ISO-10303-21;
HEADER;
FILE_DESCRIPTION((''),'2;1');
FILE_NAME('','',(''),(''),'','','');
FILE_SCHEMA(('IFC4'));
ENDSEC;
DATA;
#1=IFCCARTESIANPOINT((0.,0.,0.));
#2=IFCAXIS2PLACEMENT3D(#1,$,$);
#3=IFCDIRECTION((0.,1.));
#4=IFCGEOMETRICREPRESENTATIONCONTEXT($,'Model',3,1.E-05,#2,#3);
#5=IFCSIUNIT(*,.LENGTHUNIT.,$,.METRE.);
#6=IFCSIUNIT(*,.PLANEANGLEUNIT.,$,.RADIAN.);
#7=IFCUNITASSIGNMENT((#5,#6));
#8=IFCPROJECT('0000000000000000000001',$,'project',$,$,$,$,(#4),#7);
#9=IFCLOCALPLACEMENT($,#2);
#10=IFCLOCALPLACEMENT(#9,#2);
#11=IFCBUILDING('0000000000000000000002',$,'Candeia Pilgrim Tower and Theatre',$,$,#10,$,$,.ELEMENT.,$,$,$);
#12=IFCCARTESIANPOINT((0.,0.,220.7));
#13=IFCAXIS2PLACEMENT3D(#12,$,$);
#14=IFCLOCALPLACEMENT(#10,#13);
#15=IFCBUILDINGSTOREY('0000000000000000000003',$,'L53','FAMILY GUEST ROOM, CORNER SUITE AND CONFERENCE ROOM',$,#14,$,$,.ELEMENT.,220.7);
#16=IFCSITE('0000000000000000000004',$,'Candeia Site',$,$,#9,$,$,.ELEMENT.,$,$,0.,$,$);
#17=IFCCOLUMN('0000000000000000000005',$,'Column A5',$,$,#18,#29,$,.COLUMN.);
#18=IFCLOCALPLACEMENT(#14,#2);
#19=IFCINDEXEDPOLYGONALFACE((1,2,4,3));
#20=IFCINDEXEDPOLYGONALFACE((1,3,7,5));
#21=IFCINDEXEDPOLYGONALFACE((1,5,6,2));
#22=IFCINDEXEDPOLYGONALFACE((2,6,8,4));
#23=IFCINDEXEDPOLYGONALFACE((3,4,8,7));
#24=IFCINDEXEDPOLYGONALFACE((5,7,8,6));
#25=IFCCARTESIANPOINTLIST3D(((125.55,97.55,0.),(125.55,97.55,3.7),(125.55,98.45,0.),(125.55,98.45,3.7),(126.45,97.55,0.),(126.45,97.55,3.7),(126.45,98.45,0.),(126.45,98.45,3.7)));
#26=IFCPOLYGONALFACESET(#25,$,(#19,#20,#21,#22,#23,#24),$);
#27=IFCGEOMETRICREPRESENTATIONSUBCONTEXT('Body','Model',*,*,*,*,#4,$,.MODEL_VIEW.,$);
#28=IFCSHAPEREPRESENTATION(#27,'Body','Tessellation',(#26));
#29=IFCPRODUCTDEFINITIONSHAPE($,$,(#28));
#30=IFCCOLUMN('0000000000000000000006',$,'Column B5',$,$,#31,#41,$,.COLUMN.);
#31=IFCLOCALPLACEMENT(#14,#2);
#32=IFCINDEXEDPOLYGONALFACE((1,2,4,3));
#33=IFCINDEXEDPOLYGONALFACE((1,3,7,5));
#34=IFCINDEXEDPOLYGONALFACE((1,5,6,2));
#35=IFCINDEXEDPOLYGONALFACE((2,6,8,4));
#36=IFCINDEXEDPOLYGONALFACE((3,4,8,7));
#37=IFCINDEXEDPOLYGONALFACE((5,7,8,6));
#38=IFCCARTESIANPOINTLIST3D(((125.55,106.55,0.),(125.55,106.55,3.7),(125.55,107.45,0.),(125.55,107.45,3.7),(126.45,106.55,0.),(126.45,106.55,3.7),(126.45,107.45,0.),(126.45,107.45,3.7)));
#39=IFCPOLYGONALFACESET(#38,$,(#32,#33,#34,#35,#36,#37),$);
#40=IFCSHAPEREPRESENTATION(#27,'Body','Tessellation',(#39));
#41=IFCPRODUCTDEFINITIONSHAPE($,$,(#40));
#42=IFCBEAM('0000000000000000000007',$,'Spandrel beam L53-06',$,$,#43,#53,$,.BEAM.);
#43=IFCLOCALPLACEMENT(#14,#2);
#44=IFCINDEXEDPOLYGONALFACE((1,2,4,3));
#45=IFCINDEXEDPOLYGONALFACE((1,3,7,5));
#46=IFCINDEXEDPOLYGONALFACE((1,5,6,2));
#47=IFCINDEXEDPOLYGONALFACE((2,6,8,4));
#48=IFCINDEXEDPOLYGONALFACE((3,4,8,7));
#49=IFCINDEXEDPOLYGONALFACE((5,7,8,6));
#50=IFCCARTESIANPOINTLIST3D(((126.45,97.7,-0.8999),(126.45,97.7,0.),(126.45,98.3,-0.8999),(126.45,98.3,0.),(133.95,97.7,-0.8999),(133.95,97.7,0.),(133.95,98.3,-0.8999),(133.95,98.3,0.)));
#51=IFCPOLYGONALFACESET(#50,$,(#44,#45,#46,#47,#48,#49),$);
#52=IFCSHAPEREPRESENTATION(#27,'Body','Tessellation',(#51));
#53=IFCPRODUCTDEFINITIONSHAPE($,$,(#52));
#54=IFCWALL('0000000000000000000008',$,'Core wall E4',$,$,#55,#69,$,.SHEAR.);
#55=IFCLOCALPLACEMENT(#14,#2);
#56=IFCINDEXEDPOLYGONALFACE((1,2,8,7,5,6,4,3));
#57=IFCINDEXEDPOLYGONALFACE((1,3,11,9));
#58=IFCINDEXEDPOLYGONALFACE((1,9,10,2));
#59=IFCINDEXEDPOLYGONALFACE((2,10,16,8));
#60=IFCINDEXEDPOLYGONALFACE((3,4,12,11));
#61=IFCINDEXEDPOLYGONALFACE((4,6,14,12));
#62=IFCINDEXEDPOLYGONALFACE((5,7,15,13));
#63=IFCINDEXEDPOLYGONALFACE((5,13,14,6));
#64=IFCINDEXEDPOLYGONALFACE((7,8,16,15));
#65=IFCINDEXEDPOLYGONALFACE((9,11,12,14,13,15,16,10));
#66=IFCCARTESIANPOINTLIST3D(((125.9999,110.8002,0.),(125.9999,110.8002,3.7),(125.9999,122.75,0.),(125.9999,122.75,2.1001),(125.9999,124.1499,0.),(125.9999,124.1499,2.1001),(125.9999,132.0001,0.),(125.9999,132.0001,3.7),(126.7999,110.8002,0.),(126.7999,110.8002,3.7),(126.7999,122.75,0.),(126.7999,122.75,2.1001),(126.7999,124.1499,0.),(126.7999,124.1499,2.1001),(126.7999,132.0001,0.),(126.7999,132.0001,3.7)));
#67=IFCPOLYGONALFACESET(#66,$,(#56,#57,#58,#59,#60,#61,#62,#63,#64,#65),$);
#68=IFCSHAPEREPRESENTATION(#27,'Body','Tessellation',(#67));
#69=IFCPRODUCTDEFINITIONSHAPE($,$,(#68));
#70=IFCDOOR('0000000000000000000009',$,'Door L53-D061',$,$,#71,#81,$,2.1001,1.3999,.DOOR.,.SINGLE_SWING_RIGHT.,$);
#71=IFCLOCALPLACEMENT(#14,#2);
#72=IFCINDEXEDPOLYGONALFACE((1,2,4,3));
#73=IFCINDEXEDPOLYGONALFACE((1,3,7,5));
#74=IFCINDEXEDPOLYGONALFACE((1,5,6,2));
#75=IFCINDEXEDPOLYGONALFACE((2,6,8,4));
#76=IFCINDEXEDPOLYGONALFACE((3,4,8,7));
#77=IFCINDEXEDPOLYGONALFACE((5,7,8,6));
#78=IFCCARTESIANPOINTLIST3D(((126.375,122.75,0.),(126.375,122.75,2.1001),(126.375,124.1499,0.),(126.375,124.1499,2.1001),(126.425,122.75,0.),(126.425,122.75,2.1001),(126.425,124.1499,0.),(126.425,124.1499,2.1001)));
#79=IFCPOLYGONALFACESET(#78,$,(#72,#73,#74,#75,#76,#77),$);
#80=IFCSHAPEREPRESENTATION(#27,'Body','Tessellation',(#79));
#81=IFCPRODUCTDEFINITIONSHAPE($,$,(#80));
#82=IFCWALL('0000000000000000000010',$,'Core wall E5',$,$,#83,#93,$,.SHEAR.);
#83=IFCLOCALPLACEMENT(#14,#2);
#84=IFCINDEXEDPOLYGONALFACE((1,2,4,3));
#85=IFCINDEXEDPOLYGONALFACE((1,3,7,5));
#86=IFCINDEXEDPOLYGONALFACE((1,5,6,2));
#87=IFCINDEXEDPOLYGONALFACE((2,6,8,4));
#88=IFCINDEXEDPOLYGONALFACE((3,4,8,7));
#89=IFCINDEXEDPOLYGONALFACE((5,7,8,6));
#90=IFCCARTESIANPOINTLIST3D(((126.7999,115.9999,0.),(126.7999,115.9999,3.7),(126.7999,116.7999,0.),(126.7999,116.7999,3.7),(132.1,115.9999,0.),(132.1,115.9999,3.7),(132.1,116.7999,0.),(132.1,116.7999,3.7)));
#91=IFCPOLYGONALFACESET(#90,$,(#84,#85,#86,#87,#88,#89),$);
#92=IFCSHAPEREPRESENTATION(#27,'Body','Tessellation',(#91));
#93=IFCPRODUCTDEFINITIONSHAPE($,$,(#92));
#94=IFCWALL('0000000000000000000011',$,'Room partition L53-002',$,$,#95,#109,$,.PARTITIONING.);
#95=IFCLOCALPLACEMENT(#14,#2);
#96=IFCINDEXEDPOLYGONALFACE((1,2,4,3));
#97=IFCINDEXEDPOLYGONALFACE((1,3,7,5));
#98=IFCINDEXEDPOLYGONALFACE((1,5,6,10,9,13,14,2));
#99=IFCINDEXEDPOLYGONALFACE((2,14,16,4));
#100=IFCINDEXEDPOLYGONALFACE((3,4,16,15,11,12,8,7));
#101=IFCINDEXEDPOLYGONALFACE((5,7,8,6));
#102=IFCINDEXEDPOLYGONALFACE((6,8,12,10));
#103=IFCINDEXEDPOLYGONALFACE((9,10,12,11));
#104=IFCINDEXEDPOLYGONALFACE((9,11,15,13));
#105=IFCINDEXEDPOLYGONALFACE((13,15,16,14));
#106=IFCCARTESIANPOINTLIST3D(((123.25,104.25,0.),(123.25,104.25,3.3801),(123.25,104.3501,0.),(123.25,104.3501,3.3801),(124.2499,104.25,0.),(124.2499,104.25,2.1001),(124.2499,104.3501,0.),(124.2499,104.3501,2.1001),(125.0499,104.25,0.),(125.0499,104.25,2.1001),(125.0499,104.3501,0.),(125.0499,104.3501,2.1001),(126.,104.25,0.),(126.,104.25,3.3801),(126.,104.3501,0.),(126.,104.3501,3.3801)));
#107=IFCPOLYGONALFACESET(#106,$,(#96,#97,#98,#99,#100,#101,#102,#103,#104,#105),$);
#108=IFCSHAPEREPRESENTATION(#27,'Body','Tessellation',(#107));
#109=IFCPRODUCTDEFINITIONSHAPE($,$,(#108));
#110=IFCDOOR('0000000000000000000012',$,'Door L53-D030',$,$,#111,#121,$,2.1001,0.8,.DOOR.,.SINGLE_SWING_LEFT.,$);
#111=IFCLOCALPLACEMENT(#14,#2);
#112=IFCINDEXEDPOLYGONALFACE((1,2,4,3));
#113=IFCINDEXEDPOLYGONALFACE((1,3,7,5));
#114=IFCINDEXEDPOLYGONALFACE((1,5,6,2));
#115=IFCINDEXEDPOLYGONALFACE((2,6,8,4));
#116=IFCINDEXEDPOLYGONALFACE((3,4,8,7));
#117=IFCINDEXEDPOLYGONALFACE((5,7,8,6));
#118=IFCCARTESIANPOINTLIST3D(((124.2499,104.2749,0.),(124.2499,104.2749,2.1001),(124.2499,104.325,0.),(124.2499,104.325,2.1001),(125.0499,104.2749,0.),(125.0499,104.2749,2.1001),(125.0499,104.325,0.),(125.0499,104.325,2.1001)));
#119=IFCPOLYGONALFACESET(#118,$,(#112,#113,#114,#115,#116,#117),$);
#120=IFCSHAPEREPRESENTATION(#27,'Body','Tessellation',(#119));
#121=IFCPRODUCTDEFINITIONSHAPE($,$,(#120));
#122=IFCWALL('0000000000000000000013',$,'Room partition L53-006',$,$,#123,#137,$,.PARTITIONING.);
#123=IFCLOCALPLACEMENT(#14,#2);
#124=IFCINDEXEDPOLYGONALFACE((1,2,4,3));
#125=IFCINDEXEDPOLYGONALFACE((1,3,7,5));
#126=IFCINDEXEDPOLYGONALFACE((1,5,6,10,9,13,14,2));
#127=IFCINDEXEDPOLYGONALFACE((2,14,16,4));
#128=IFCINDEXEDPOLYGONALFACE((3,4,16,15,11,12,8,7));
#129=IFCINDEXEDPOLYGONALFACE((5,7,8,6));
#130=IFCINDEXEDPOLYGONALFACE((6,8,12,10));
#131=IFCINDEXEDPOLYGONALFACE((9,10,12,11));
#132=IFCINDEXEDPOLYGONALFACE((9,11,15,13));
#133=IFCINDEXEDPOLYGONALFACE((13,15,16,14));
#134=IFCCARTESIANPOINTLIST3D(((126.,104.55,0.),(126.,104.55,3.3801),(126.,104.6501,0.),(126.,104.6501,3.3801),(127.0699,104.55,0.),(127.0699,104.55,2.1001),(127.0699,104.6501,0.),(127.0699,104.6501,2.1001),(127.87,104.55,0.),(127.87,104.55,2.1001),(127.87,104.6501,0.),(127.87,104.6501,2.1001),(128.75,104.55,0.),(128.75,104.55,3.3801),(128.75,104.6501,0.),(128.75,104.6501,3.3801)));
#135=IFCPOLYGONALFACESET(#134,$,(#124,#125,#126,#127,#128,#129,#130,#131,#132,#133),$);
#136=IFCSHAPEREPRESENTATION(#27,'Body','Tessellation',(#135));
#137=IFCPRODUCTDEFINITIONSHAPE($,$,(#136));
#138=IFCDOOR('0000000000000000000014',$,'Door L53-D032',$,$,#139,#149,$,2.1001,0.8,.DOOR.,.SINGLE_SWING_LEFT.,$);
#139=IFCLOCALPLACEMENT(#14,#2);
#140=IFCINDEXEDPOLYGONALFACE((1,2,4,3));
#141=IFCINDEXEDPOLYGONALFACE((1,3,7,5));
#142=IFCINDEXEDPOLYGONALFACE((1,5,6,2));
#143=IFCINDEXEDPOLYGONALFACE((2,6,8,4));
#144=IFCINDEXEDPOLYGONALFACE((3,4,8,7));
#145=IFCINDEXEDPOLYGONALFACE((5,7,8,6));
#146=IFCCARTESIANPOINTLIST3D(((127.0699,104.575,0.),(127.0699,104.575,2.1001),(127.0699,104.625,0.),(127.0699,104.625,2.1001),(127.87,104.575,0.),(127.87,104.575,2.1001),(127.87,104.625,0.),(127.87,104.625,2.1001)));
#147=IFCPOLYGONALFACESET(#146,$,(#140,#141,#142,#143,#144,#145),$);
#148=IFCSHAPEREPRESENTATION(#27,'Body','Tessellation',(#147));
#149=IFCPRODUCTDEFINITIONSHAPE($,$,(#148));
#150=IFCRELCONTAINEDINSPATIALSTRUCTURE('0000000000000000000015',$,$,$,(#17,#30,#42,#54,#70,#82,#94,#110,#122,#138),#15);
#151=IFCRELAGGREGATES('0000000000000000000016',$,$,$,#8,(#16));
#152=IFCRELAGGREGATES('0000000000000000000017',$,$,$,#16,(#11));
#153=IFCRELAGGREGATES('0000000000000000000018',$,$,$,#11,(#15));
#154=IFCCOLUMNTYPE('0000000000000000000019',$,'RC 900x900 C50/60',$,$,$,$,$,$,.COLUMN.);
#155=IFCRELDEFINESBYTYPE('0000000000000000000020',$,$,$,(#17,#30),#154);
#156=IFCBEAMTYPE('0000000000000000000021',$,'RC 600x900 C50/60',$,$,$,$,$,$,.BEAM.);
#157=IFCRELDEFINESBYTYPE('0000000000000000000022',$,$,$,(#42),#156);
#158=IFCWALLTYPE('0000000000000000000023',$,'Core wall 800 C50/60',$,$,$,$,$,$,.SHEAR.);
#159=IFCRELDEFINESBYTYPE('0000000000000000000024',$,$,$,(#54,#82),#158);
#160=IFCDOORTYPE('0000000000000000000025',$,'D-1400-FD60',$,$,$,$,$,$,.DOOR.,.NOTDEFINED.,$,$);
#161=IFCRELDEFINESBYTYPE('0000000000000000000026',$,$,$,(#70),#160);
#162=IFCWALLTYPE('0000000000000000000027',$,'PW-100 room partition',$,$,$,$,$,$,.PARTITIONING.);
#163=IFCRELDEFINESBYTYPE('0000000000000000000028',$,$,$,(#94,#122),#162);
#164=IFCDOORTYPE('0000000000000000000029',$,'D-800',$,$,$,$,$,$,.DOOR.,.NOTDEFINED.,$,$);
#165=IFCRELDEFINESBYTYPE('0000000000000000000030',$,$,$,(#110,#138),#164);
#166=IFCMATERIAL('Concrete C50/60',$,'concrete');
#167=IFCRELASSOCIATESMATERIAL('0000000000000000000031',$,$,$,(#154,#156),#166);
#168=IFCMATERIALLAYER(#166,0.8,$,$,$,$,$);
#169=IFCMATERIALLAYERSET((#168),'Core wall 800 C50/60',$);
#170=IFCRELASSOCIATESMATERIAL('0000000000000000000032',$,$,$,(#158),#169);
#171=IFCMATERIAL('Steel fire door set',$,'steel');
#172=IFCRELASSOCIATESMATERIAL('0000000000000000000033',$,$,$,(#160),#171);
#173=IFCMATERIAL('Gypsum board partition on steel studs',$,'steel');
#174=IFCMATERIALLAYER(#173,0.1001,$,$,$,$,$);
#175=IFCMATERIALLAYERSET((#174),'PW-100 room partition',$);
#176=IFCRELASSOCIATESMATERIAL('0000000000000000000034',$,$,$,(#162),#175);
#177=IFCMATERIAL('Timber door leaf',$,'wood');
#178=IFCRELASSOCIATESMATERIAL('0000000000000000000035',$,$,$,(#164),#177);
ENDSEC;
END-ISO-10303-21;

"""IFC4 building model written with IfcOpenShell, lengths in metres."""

from ifc_helpers import new_model, si_unit, direction, frame, frame_2d, origin, origin_2d, place, context, subcontext, project, spatial, rectangle, extrude, material, layer, layer_set, material_profile, profile_set, type_object, element, fill, save


model = new_model("IFC4")

# Units and contexts
model_context = context("Model", 3, precision=1e-05, world=origin(), true_north=direction((0.0, 1.0)))
body_context = subcontext(model_context, "Body", "Model", "MODEL_VIEW")
ifc_project = project(units=[si_unit("LENGTHUNIT", "METRE"), si_unit("PLANEANGLEUNIT", "RADIAN")], contexts=[model_context])

# Site, building, storey
site_placement = place(None, origin())
site = spatial("IfcSite", under=ifc_project, at=site_placement, Name="Candeia Site", CompositionType="ELEMENT", RefElevation=0.0)
building_placement = place(site_placement, origin())
building = spatial("IfcBuilding", under=site, at=building_placement, Name="Candeia Pilgrim Tower and Theatre", CompositionType="ELEMENT")
storey_placement = place(building_placement, frame((0.0, 0.0, 220.7)))
storey = spatial("IfcBuildingStorey", under=building, at=storey_placement, Name="L53", Description="FAMILY GUEST ROOM, CORNER SUITE AND CONFERENCE ROOM", CompositionType="ELEMENT", Elevation=220.7)

# Columns
ifc_material_1 = material(Name="Concrete C50/60", Category="concrete")
ifc_material_profile_1 = material_profile(ifc_material_1, rectangle(XDim=0.8999, YDim=0.8999, at=origin_2d()))
ifc_profile_set_1 = profile_set([ifc_material_profile_1], Name="Concrete C50/60")
column_type = type_object("IfcColumnType", Name="RC 900x900 C50/60", PredefinedType="COLUMN", material=ifc_profile_set_1)
for number, where, z_axis, x_axis, name in (
    (1, (126.0, 98.0, 0.0), (0.0, 0.0, 1.0), (1.0, 0.0, 0.0), "Column A5"),
    (2, (126.0, 107.0, 0.0), (0.0, 0.0, 1.0), (1.0, 0.0, 0.0), "Column B5"),
):
    element("IfcColumn", number, at=place(storey_placement, frame(where, z_axis=z_axis, x_axis=x_axis)), inside=storey, type_object=column_type, Name=name, PredefinedType="COLUMN", context=body_context, shape_type="SweptSolid", body=[
        extrude(rectangle(XDim=0.8999, YDim=0.8999, at=origin_2d()), origin(), (0.0, 0.0, 1.0), 3.7),
    ])

# Beam
ifc_material_profile_2 = material_profile(ifc_material_1, rectangle(XDim=0.6001, YDim=0.8999, at=origin_2d()))
ifc_profile_set_2 = profile_set([ifc_material_profile_2], Name="Concrete C50/60")
beam_type = type_object("IfcBeamType", Name="RC 600x900 C50/60", PredefinedType="BEAM", material=ifc_profile_set_2)
beam_placement = place(storey_placement, frame((126.45, 98.0, -0.45), z_axis=(1.0, 0.0, 0.0), x_axis=(0.0, 1.0, 0.0)))
element("IfcBeam", 3, at=beam_placement, inside=storey, type_object=beam_type, Name="Spandrel beam L53-06", PredefinedType="BEAM", context=body_context, shape_type="SweptSolid", body=[
    extrude(rectangle(XDim=0.6001, YDim=0.8999, at=origin_2d()), origin(), (0.0, 0.0, 1.0), 7.5),
])

# Wall, opening, door
ifc_layer_1 = layer(ifc_material_1, 0.8)
ifc_layer_set_1 = layer_set([ifc_layer_1], Name="Core wall 800 C50/60")
wall_type_1 = type_object("IfcWallType", Name="Core wall 800 C50/60", PredefinedType="SHEAR", material=ifc_layer_set_1)
wall_1_placement = place(storey_placement, frame((126.3999, 110.8, 0.0), z_axis=(0.0, 0.0, 1.0), x_axis=(0.0, 1.0, 0.0)))
wall_1 = element("IfcWall", 4, at=wall_1_placement, inside=storey, type_object=wall_type_1, Name="Core wall E4", PredefinedType="SHEAR", context=body_context, shape_type="SweptSolid", body=[
    extrude(rectangle(XDim=21.2, YDim=0.8, at=frame_2d((10.6001, 0.0))), origin(), (0.0, 0.0, 1.0), 3.7),
])
opening_1_placement = place(wall_1_placement, frame((11.95, 0.0, 0.0)))
opening_1 = element("IfcOpeningElement", 5, at=opening_1_placement, cuts=wall_1, PredefinedType="OPENING", context=body_context, shape_type="SweptSolid", body=[
    extrude(rectangle(XDim=1.3999, YDim=2.1001, at=frame_2d((0.7, 1.05))), frame((0.0, 0.4102, 0.0), z_axis=(0.0, -1.0, 0.0), x_axis=(1.0, 0.0, 0.0)), (0.0, 0.0, 1.0), 0.8201),
])
ifc_material_2 = material(Name="Steel fire door set", Category="steel")
door_type_1 = type_object("IfcDoorType", Name="D-1400-FD60", OperationType="NOTDEFINED", PredefinedType="DOOR", material=ifc_material_2)
door_1_placement = place(opening_1_placement, origin())
door_1 = element("IfcDoor", 6, at=door_1_placement, inside=storey, type_object=door_type_1, Name="Door L53-D061", OperationType="SINGLE_SWING_RIGHT", OverallHeight=2.1001, OverallWidth=1.3999, PredefinedType="DOOR", context=body_context, shape_type="SweptSolid", body=[
    extrude(rectangle(XDim=1.3999, YDim=2.1001, at=frame_2d((0.7, 1.05))), frame((0.0, 0.0249, 0.0), z_axis=(0.0, -1.0, 0.0), x_axis=(1.0, 0.0, 0.0)), (0.0, 0.0, 1.0), 0.05),
])
fill(opening_1, door_1)

# Wall
wall_2_placement = place(storey_placement, frame((126.8, 116.3999, 0.0), z_axis=(0.0, 0.0, 1.0), x_axis=(1.0, 0.0, 0.0)))
element("IfcWall", 7, at=wall_2_placement, inside=storey, type_object=wall_type_1, Name="Core wall E5", PredefinedType="SHEAR", context=body_context, shape_type="SweptSolid", body=[
    extrude(rectangle(XDim=5.3, YDim=0.8, at=frame_2d((2.6499, 0.0))), origin(), (0.0, 0.0, 1.0), 3.7),
])

# Walls, openings, doors
ifc_material_3 = material(Name="Gypsum board partition on steel studs", Category="steel")
ifc_layer_2 = layer(ifc_material_3, 0.1001)
ifc_layer_set_2 = layer_set([ifc_layer_2], Name="PW-100 room partition")
wall_type_2 = type_object("IfcWallType", Name="PW-100 room partition", PredefinedType="PARTITIONING", material=ifc_layer_set_2)
wall_3_placement = place(storey_placement, frame((123.25, 104.3, 0.0), z_axis=(0.0, 0.0, 1.0), x_axis=(1.0, 0.0, 0.0)))
wall_3 = element("IfcWall", 8, at=wall_3_placement, inside=storey, type_object=wall_type_2, Name="Room partition L53-002", PredefinedType="PARTITIONING", context=body_context, shape_type="SweptSolid", body=[
    extrude(rectangle(XDim=2.75, YDim=0.1001, at=frame_2d((1.375, 0.0))), origin(), (0.0, 0.0, 1.0), 3.3801),
])
opening_2_placement = place(wall_3_placement, frame((1.0, 0.0, 0.0)))
opening_2 = element("IfcOpeningElement", 9, at=opening_2_placement, cuts=wall_3, PredefinedType="OPENING", context=body_context, shape_type="SweptSolid", body=[
    extrude(rectangle(XDim=0.8, YDim=2.1001, at=frame_2d((0.3999, 1.05))), frame((0.0, 0.0601, 0.0), z_axis=(0.0, -1.0, 0.0), x_axis=(1.0, 0.0, 0.0)), (0.0, 0.0, 1.0), 0.1201),
])
ifc_material_4 = material(Name="Timber door leaf", Category="wood")
door_type_2 = type_object("IfcDoorType", Name="D-800", OperationType="NOTDEFINED", PredefinedType="DOOR", material=ifc_material_4)
door_2_placement = place(opening_2_placement, origin())
door_2 = element("IfcDoor", 10, at=door_2_placement, inside=storey, type_object=door_type_2, Name="Door L53-D030", OperationType="SINGLE_SWING_LEFT", OverallHeight=2.1001, OverallWidth=0.8, PredefinedType="DOOR", context=body_context, shape_type="SweptSolid", body=[
    extrude(rectangle(XDim=0.8, YDim=2.1001, at=frame_2d((0.3999, 1.05))), frame((0.0, 0.0249, 0.0), z_axis=(0.0, -1.0, 0.0), x_axis=(1.0, 0.0, 0.0)), (0.0, 0.0, 1.0), 0.05),
])
fill(opening_2, door_2)
wall_4_placement = place(storey_placement, frame((126.0, 104.6001, 0.0), z_axis=(0.0, 0.0, 1.0), x_axis=(1.0, 0.0, 0.0)))
wall_4 = element("IfcWall", 11, at=wall_4_placement, inside=storey, type_object=wall_type_2, Name="Room partition L53-006", PredefinedType="PARTITIONING", context=body_context, shape_type="SweptSolid", body=[
    extrude(rectangle(XDim=2.75, YDim=0.1001, at=frame_2d((1.375, 0.0))), origin(), (0.0, 0.0, 1.0), 3.3801),
])
opening_3_placement = place(wall_4_placement, frame((1.0701, 0.0, 0.0)))
opening_3 = element("IfcOpeningElement", 12, at=opening_3_placement, cuts=wall_4, PredefinedType="OPENING", context=body_context, shape_type="SweptSolid", body=[
    extrude(rectangle(XDim=0.8, YDim=2.1001, at=frame_2d((0.3999, 1.05))), frame((0.0, 0.0601, 0.0), z_axis=(0.0, -1.0, 0.0), x_axis=(1.0, 0.0, 0.0)), (0.0, 0.0, 1.0), 0.1201),
])
door_3_placement = place(opening_3_placement, origin())
door_3 = element("IfcDoor", 13, at=door_3_placement, inside=storey, type_object=door_type_2, Name="Door L53-D032", OperationType="SINGLE_SWING_LEFT", OverallHeight=2.1001, OverallWidth=0.8, PredefinedType="DOOR", context=body_context, shape_type="SweptSolid", body=[
    extrude(rectangle(XDim=0.8, YDim=2.1001, at=frame_2d((0.3999, 1.05))), frame((0.0, 0.0249, 0.0), z_axis=(0.0, -1.0, 0.0), x_axis=(1.0, 0.0, 0.0)), (0.0, 0.0, 1.0), 0.05),
])
fill(opening_3, door_3)

save(model, "model.ifc")
